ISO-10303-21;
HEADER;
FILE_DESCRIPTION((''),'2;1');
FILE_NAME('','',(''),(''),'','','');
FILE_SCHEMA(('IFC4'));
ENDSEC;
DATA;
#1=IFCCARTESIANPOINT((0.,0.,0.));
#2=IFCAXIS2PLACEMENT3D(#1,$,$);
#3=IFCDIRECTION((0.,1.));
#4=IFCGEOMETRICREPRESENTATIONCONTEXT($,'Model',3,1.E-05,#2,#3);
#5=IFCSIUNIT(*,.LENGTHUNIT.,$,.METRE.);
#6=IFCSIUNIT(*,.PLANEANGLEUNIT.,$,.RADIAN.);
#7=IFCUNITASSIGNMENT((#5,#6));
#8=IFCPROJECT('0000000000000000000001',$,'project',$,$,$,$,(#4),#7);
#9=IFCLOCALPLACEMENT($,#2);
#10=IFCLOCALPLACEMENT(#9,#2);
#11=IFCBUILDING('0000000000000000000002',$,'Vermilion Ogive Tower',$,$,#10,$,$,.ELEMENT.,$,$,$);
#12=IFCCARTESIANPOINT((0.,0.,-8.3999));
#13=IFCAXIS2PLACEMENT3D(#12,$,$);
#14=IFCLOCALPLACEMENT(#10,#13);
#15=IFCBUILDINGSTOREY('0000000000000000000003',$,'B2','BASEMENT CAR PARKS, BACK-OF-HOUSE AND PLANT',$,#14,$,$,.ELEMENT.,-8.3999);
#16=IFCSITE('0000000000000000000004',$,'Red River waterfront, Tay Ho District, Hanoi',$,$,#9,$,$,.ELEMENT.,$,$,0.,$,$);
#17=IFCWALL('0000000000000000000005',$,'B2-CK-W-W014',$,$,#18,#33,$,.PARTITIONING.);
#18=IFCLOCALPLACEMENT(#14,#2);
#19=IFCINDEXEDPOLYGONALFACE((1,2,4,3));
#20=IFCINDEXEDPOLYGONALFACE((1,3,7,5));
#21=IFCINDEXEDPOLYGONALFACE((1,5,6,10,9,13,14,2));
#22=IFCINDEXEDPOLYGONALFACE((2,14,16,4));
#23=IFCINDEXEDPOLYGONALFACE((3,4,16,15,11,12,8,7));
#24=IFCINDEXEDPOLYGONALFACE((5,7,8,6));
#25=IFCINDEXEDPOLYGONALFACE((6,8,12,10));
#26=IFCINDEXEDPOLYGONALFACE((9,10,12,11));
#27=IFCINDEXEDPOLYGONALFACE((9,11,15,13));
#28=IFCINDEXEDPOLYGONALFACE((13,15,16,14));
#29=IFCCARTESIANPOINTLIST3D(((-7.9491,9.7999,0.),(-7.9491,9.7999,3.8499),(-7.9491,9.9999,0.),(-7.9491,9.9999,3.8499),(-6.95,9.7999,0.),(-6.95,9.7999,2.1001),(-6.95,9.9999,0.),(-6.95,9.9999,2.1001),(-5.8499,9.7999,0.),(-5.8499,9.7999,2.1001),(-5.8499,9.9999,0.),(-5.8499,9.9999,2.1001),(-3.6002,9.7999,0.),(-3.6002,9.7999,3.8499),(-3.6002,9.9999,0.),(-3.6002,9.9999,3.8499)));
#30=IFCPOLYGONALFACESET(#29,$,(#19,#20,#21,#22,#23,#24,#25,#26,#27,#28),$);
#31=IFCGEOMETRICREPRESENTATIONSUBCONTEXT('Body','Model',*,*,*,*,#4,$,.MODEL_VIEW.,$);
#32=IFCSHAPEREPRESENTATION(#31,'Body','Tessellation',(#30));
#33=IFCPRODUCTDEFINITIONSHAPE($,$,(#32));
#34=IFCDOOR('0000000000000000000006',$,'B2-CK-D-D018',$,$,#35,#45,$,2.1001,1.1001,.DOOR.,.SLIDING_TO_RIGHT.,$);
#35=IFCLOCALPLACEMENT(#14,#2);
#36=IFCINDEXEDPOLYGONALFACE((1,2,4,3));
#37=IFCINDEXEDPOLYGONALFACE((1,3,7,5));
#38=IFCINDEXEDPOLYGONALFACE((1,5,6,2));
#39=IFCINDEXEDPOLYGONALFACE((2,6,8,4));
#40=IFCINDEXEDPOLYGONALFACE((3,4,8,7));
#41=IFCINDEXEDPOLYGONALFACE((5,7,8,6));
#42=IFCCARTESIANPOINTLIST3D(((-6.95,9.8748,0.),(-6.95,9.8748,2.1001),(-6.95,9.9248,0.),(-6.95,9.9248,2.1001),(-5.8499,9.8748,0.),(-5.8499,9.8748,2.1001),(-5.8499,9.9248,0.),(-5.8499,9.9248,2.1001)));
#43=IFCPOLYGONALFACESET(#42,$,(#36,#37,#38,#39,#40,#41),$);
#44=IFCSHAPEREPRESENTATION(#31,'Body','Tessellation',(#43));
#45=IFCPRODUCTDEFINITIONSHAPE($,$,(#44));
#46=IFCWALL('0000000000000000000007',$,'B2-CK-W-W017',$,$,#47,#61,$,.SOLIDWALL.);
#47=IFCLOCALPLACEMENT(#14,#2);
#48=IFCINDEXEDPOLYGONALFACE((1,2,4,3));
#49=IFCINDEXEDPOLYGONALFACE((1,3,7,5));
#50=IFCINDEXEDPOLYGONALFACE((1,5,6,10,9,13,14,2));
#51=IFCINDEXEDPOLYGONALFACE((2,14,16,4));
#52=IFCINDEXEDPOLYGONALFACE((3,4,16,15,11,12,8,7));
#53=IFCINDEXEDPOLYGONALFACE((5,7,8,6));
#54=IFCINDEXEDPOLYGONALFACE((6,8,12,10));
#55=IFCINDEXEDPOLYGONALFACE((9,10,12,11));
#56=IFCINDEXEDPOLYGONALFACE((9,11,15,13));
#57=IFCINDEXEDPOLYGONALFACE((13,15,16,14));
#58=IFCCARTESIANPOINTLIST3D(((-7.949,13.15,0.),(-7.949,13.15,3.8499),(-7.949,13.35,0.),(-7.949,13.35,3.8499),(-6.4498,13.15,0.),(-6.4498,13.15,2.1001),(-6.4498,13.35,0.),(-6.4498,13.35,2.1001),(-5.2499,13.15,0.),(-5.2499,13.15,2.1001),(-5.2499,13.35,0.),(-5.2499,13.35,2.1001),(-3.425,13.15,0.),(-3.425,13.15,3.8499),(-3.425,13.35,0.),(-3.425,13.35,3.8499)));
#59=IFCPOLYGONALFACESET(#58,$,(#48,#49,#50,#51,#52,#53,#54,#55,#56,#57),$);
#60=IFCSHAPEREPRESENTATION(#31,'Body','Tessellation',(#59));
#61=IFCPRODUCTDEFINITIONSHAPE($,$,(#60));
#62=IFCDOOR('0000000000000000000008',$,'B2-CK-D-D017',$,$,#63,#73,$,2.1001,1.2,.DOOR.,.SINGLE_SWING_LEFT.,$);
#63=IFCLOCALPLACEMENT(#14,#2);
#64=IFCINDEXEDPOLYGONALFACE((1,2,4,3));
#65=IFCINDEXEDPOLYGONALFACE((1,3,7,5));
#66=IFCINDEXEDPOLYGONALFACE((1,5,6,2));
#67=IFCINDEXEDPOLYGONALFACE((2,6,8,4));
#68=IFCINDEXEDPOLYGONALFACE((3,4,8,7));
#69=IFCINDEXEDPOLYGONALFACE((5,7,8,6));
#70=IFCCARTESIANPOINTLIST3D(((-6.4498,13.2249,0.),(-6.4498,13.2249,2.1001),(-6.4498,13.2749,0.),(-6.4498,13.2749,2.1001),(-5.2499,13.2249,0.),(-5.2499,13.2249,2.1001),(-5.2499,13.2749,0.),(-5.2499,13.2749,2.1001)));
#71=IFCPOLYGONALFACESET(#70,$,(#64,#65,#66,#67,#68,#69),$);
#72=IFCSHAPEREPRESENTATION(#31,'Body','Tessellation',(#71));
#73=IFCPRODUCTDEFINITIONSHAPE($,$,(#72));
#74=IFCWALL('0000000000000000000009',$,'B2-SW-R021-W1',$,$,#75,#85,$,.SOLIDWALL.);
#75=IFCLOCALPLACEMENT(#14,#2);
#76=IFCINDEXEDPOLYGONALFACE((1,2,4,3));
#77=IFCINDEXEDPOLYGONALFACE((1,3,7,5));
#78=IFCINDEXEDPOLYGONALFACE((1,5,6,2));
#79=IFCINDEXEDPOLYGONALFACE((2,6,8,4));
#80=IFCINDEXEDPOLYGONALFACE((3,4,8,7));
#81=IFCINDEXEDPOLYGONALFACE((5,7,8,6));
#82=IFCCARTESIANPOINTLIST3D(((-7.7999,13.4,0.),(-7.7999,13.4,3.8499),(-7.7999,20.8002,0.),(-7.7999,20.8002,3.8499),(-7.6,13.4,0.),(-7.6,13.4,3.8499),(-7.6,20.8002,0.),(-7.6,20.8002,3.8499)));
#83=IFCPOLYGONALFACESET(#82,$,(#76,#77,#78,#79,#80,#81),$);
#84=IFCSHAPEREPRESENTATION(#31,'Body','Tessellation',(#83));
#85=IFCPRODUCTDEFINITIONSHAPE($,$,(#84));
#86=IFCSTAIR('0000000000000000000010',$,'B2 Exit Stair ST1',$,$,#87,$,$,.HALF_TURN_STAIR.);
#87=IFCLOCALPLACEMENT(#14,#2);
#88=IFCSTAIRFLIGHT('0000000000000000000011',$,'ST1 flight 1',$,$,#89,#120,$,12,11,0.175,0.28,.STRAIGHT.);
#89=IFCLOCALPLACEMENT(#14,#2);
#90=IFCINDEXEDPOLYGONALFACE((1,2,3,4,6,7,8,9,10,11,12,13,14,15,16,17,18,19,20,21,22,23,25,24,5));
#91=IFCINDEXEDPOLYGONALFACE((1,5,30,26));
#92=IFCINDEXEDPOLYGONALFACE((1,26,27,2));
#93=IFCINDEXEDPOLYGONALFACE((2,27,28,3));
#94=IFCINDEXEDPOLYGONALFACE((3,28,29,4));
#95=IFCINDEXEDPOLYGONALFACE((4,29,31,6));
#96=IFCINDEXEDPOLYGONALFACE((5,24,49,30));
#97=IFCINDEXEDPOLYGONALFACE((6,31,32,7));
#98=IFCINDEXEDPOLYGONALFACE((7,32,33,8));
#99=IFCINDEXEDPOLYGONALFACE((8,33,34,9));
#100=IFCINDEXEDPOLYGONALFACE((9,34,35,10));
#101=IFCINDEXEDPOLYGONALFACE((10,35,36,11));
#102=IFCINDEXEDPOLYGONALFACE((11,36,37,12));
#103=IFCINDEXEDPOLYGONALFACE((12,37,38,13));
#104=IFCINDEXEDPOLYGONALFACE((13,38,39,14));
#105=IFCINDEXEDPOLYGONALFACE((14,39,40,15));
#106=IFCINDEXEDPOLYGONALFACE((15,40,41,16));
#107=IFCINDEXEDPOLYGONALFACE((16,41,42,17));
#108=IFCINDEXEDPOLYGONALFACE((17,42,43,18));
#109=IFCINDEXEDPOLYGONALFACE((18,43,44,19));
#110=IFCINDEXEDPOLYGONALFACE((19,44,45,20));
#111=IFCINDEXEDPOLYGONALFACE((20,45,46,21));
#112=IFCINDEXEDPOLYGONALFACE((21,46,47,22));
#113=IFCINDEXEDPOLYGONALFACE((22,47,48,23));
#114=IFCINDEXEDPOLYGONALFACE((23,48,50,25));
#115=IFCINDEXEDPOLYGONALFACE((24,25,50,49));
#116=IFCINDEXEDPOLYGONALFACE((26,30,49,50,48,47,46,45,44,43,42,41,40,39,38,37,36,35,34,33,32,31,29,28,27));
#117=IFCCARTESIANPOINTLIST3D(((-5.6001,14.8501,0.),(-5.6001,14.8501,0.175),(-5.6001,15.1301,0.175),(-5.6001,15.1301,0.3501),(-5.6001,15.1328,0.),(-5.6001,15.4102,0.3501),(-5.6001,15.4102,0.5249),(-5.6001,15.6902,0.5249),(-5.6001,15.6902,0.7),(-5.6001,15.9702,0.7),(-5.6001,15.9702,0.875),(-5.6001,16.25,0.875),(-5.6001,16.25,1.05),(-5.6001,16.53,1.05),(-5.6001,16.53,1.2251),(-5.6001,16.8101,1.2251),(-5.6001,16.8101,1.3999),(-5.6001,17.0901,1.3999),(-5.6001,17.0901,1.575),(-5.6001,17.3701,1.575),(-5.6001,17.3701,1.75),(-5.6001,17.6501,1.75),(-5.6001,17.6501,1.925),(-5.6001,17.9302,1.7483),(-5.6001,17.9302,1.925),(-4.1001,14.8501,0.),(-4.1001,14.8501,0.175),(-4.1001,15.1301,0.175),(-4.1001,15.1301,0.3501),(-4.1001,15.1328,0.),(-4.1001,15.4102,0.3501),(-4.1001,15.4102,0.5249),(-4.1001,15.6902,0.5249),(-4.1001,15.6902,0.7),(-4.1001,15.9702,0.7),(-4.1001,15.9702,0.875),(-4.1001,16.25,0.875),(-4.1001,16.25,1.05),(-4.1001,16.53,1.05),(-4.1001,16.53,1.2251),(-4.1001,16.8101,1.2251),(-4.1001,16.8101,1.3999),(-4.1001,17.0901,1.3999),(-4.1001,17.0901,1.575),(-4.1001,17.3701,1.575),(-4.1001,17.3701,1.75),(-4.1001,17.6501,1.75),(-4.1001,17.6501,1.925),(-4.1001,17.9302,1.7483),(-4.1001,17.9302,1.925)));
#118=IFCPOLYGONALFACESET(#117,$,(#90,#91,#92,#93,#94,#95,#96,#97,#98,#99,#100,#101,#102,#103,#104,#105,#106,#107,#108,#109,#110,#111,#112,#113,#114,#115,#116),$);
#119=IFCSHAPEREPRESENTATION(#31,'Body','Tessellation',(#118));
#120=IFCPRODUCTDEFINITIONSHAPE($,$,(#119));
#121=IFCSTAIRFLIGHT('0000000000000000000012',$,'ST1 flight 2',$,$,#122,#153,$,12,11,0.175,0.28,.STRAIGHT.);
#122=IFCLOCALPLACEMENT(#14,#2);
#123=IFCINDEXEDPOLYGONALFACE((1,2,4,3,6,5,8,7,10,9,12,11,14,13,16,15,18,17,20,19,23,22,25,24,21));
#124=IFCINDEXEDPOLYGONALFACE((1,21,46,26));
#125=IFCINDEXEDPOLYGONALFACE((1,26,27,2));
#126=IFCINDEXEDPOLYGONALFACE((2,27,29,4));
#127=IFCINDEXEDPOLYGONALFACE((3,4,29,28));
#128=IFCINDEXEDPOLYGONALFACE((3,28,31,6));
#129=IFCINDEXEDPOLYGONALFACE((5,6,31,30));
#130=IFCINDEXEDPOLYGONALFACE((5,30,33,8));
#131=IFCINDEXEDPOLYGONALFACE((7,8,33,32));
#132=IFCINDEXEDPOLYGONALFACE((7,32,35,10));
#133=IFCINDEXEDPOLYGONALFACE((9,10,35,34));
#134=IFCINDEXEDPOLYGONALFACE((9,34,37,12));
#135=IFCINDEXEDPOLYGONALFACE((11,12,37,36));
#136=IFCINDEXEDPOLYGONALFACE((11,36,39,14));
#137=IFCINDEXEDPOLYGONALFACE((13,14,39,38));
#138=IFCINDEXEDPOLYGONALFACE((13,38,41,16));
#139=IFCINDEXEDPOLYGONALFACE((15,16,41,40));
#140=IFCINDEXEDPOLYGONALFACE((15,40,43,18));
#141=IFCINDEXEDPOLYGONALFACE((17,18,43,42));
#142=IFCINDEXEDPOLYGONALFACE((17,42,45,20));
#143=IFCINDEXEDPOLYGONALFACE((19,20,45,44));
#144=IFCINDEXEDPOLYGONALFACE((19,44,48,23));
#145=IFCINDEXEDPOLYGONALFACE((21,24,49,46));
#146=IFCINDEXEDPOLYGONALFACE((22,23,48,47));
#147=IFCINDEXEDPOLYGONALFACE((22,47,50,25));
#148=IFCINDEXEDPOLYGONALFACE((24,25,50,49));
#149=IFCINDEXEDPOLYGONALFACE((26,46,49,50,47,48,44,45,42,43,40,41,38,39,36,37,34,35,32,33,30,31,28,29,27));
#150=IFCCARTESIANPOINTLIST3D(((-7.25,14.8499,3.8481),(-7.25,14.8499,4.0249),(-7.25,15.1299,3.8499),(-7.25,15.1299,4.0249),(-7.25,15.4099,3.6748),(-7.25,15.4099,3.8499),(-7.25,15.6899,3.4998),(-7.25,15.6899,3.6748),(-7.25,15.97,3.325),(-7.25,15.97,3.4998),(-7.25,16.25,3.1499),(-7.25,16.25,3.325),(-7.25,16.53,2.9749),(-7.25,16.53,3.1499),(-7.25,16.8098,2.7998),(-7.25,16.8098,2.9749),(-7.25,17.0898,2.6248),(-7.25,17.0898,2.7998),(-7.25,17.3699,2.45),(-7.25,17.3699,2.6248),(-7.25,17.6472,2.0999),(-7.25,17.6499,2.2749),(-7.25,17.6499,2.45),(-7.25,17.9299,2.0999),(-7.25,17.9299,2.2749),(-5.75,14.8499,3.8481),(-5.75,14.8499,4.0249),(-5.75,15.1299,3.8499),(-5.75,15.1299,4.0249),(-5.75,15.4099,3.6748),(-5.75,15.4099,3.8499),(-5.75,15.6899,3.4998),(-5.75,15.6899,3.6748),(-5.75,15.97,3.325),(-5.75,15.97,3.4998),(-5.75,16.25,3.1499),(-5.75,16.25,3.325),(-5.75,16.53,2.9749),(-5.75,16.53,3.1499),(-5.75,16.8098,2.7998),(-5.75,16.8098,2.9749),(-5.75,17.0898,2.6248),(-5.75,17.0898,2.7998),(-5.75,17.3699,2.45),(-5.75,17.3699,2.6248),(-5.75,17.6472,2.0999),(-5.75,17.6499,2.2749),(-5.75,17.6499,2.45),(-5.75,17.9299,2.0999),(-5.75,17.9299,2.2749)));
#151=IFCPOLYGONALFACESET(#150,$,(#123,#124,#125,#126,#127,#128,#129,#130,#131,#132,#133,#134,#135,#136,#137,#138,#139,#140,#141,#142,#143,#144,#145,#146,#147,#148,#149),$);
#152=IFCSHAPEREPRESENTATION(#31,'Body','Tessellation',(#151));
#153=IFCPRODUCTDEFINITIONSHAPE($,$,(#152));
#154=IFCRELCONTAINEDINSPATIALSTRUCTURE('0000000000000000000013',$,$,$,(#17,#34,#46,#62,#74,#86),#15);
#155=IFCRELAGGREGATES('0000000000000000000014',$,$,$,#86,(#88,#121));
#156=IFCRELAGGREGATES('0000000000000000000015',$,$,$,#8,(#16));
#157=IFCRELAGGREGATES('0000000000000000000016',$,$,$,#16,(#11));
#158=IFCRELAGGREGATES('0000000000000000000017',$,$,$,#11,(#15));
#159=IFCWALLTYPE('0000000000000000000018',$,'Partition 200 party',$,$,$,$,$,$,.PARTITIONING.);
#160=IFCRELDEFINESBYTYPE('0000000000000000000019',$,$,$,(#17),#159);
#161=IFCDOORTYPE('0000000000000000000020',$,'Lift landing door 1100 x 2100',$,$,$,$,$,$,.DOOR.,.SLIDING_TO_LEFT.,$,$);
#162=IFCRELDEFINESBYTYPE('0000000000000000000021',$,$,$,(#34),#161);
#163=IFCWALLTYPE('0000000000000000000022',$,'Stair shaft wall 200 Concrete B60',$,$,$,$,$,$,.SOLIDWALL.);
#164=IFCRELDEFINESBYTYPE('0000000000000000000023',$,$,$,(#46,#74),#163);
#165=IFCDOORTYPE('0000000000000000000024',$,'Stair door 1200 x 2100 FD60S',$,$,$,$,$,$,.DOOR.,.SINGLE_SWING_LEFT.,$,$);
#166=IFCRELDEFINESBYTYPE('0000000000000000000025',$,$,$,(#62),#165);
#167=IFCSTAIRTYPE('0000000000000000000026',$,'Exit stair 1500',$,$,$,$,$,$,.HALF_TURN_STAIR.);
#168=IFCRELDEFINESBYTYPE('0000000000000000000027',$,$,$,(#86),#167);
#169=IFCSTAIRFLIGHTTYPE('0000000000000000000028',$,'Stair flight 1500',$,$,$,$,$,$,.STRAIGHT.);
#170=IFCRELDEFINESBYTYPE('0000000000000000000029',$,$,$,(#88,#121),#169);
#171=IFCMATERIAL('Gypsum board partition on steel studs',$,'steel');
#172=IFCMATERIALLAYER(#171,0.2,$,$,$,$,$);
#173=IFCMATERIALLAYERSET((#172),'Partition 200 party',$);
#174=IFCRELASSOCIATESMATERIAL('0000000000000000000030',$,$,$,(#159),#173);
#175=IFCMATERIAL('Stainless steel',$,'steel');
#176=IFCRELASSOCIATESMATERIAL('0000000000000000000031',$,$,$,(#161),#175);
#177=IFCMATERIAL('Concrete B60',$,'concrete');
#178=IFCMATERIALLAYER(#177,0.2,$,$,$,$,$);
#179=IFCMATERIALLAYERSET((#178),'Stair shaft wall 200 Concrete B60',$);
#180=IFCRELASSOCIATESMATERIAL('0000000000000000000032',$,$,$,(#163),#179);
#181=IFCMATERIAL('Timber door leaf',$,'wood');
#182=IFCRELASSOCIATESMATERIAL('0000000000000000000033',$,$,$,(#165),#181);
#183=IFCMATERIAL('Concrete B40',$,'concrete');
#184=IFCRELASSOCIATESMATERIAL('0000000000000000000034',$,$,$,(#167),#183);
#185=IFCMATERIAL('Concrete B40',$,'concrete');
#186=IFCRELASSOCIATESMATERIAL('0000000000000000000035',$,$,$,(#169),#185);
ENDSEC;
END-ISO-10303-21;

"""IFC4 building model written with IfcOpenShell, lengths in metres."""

from ifc_helpers import new_model, si_unit, direction, frame, frame_2d, origin, place, context, subcontext, project, spatial, polyline, rectangle, outline, extrude, material, layer, layer_set, type_object, element, fill, aggregate, save


model = new_model("IFC4")

# Units and contexts
model_context = context("Model", 3, precision=1e-05, world=origin(), true_north=direction((0.0, 1.0)))
body_context = subcontext(model_context, "Body", "Model", "MODEL_VIEW")
ifc_project = project(units=[si_unit("LENGTHUNIT", "METRE"), si_unit("PLANEANGLEUNIT", "RADIAN")], contexts=[model_context])

# Site, building, storey
site_placement = place(None, origin())
site = spatial("IfcSite", under=ifc_project, at=site_placement, Name="Red River waterfront, Tay Ho District, Hanoi", CompositionType="ELEMENT", RefElevation=0.0)
building_placement = place(site_placement, origin())
building = spatial("IfcBuilding", under=site, at=building_placement, Name="Vermilion Ogive Tower", CompositionType="ELEMENT")
storey_placement = place(building_placement, frame((0.0, 0.0, -8.3999)))
storey = spatial("IfcBuildingStorey", under=building, at=storey_placement, Name="B2", Description="BASEMENT CAR PARKS, BACK-OF-HOUSE AND PLANT", CompositionType="ELEMENT", Elevation=-8.3999)

# Walls, openings, doors
ifc_material_1 = material(Name="Gypsum board partition on steel studs", Category="steel")
ifc_layer_1 = layer(ifc_material_1, 0.2)
ifc_layer_set_1 = layer_set([ifc_layer_1], Name="Partition 200 party")
wall_type_1 = type_object("IfcWallType", Name="Partition 200 party", PredefinedType="PARTITIONING", material=ifc_layer_set_1)
wall_1_placement = place(storey_placement, frame((-7.949, 9.8999, 0.0), z_axis=(0.0, 0.0, 1.0), x_axis=(1.0, 0.0, 0.0)))
wall_1 = element("IfcWall", 1, at=wall_1_placement, inside=storey, type_object=wall_type_1, Name="B2-CK-W-W014", PredefinedType="PARTITIONING", context=body_context, shape_type="SweptSolid", body=[
    extrude(rectangle(XDim=4.3489, YDim=0.2, at=frame_2d((2.1743, 0.0))), origin(), (0.0, 0.0, 1.0), 3.8499),
])
opening_1_placement = place(wall_1_placement, frame((0.999, 0.0, 0.0)))
opening_1 = element("IfcOpeningElement", 2, at=opening_1_placement, cuts=wall_1, PredefinedType="OPENING", context=body_context, shape_type="SweptSolid", body=[
    extrude(rectangle(XDim=1.1001, YDim=2.1001, at=frame_2d((0.55, 1.05))), frame((0.0, 0.1099, 0.0), z_axis=(0.0, -1.0, 0.0), x_axis=(1.0, 0.0, 0.0)), (0.0, 0.0, 1.0), 0.22),
])
ifc_material_2 = material(Name="Stainless steel", Category="steel")
door_type_1 = type_object("IfcDoorType", Name="Lift landing door 1100 x 2100", OperationType="SLIDING_TO_LEFT", PredefinedType="DOOR", material=ifc_material_2)
door_1_placement = place(opening_1_placement, origin())
door_1 = element("IfcDoor", 3, at=door_1_placement, inside=storey, type_object=door_type_1, Name="B2-CK-D-D018", OperationType="SLIDING_TO_RIGHT", OverallHeight=2.1001, OverallWidth=1.1001, PredefinedType="DOOR", context=body_context, shape_type="SweptSolid", body=[
    extrude(rectangle(XDim=1.1001, YDim=2.1001, at=frame_2d((0.55, 1.05))), frame((0.0, 0.0249, 0.0), z_axis=(0.0, -1.0, 0.0), x_axis=(1.0, 0.0, 0.0)), (0.0, 0.0, 1.0), 0.05),
])
fill(opening_1, door_1)
ifc_material_3 = material(Name="Concrete B60", Category="concrete")
ifc_layer_2 = layer(ifc_material_3, 0.2)
ifc_layer_set_2 = layer_set([ifc_layer_2], Name="Stair shaft wall 200 Concrete B60")
wall_type_2 = type_object("IfcWallType", Name="Stair shaft wall 200 Concrete B60", PredefinedType="SOLIDWALL", material=ifc_layer_set_2)
wall_2_placement = place(storey_placement, frame((-7.949, 13.25, 0.0), z_axis=(0.0, 0.0, 1.0), x_axis=(1.0, 0.0, 0.0)))
wall_2 = element("IfcWall", 4, at=wall_2_placement, inside=storey, type_object=wall_type_2, Name="B2-CK-W-W017", PredefinedType="SOLIDWALL", context=body_context, shape_type="SweptSolid", body=[
    extrude(rectangle(XDim=4.5239, YDim=0.2, at=frame_2d((2.262, 0.0))), origin(), (0.0, 0.0, 1.0), 3.8499),
])
opening_2_placement = place(wall_2_placement, frame((1.499, 0.0, 0.0)))
opening_2 = element("IfcOpeningElement", 5, at=opening_2_placement, cuts=wall_2, PredefinedType="OPENING", context=body_context, shape_type="SweptSolid", body=[
    extrude(rectangle(XDim=1.2, YDim=2.1001, at=frame_2d((0.6001, 1.05))), frame((0.0, 0.1099, 0.0), z_axis=(0.0, -1.0, 0.0), x_axis=(1.0, 0.0, 0.0)), (0.0, 0.0, 1.0), 0.22),
])
ifc_material_4 = material(Name="Timber door leaf", Category="wood")
door_type_2 = type_object("IfcDoorType", Name="Stair door 1200 x 2100 FD60S", OperationType="SINGLE_SWING_LEFT", PredefinedType="DOOR", material=ifc_material_4)
door_2_placement = place(opening_2_placement, origin())
door_2 = element("IfcDoor", 6, at=door_2_placement, inside=storey, type_object=door_type_2, Name="B2-CK-D-D017", OperationType="SINGLE_SWING_LEFT", OverallHeight=2.1001, OverallWidth=1.2, PredefinedType="DOOR", context=body_context, shape_type="SweptSolid", body=[
    extrude(rectangle(XDim=1.2, YDim=2.1001, at=frame_2d((0.6001, 1.05))), frame((0.0, 0.0249, 0.0), z_axis=(0.0, -1.0, 0.0), x_axis=(1.0, 0.0, 0.0)), (0.0, 0.0, 1.0), 0.05),
])
fill(opening_2, door_2)

# Wall
wall_3_placement = place(storey_placement, frame((-7.7, 13.3999, 0.0), z_axis=(0.0, 0.0, 1.0), x_axis=(0.0, 1.0, 0.0)))
element("IfcWall", 7, at=wall_3_placement, inside=storey, type_object=wall_type_2, Name="B2-SW-R021-W1", PredefinedType="SOLIDWALL", context=body_context, shape_type="SweptSolid", body=[
    extrude(rectangle(XDim=7.4001, YDim=0.2, at=frame_2d((3.7002, 0.0))), origin(), (0.0, 0.0, 1.0), 3.8499),
])

# Stair, stair flights
ifc_material_5 = material(Name="Concrete B40", Category="concrete")
stair_type = type_object("IfcStairType", Name="Exit stair 1500", PredefinedType="HALF_TURN_STAIR", material=ifc_material_5)
stair_placement = place(storey_placement, origin())
stair = element("IfcStair", 8, at=stair_placement, inside=storey, type_object=stair_type, Name="B2 Exit Stair ST1", PredefinedType="HALF_TURN_STAIR")
ifc_material_6 = material(Name="Concrete B40", Category="concrete")
stair_flight_type = type_object("IfcStairFlightType", Name="Stair flight 1500", PredefinedType="STRAIGHT", material=ifc_material_6)
stair_flight_1_placement = place(storey_placement, frame((-4.8501, 14.8501, 0.0), z_axis=(0.0, 0.0, 1.0), x_axis=(0.0, 1.0, 0.0)))
stair_flight_1 = element("IfcStairFlight", 9, at=stair_flight_1_placement, type_object=stair_flight_type, Name="ST1 flight 1", NumberOfRisers=12, NumberOfTreads=11, PredefinedType="STRAIGHT", RiserHeight=0.175, TreadLength=0.28, context=body_context, shape_type="SweptSolid", body=[
    extrude(outline(polyline([(0.0, 0.0), (0.0, 0.175), (0.28, 0.175), (0.28, 0.3501), (0.5601, 0.3501), (0.5601, 0.5249), (0.8401, 0.5249), (0.8401, 0.7), (1.1201, 0.7), (1.1201, 0.875), (1.3999, 0.875), (1.3999, 1.05), (1.6799, 1.05), (1.6799, 1.2251), (1.96, 1.2251), (1.96, 1.3999), (2.24, 1.3999), (2.24, 1.575), (2.52, 1.575), (2.52, 1.75), (2.8, 1.75), (2.8, 1.925), (3.0801, 1.925), (3.0801, 2.1001), (3.0801, 1.7483), (0.2827, 0.0), (0.0, 0.0)])), frame((0.0, 0.75, 0.0), z_axis=(0.0, -1.0, 0.0), x_axis=(1.0, 0.0, 0.0)), (0.0, 0.0, 1.0), 1.5),
])
stair_flight_2_placement = place(storey_placement, frame((-6.5, 17.9299, 2.0999), z_axis=(0.0, 0.0, 1.0), x_axis=(0.0, -1.0, 0.0)))
stair_flight_2 = element("IfcStairFlight", 10, at=stair_flight_2_placement, type_object=stair_flight_type, Name="ST1 flight 2", NumberOfRisers=12, NumberOfTreads=11, PredefinedType="STRAIGHT", RiserHeight=0.175, TreadLength=0.28, context=body_context, shape_type="SweptSolid", body=[
    extrude(outline(polyline([(0.0, 0.0), (0.0, 0.175), (0.28, 0.175), (0.28, 0.3501), (0.5601, 0.3501), (0.5601, 0.5249), (0.8401, 0.5249), (0.8401, 0.7), (1.1201, 0.7), (1.1201, 0.875), (1.3999, 0.875), (1.3999, 1.05), (1.6799, 1.05), (1.6799, 1.2251), (1.96, 1.2251), (1.96, 1.3999), (2.24, 1.3999), (2.24, 1.575), (2.52, 1.575), (2.52, 1.75), (2.8, 1.75), (2.8, 1.925), (3.0801, 1.925), (3.0801, 2.1001), (3.0801, 1.7483), (0.2827, 0.0), (0.0, 0.0)])), frame((0.0, 0.75, 0.0), z_axis=(0.0, -1.0, 0.0), x_axis=(1.0, 0.0, 0.0)), (0.0, 0.0, 1.0), 1.5),
])
aggregate(stair, [stair_flight_1, stair_flight_2])

save(model, "model.ifc")
